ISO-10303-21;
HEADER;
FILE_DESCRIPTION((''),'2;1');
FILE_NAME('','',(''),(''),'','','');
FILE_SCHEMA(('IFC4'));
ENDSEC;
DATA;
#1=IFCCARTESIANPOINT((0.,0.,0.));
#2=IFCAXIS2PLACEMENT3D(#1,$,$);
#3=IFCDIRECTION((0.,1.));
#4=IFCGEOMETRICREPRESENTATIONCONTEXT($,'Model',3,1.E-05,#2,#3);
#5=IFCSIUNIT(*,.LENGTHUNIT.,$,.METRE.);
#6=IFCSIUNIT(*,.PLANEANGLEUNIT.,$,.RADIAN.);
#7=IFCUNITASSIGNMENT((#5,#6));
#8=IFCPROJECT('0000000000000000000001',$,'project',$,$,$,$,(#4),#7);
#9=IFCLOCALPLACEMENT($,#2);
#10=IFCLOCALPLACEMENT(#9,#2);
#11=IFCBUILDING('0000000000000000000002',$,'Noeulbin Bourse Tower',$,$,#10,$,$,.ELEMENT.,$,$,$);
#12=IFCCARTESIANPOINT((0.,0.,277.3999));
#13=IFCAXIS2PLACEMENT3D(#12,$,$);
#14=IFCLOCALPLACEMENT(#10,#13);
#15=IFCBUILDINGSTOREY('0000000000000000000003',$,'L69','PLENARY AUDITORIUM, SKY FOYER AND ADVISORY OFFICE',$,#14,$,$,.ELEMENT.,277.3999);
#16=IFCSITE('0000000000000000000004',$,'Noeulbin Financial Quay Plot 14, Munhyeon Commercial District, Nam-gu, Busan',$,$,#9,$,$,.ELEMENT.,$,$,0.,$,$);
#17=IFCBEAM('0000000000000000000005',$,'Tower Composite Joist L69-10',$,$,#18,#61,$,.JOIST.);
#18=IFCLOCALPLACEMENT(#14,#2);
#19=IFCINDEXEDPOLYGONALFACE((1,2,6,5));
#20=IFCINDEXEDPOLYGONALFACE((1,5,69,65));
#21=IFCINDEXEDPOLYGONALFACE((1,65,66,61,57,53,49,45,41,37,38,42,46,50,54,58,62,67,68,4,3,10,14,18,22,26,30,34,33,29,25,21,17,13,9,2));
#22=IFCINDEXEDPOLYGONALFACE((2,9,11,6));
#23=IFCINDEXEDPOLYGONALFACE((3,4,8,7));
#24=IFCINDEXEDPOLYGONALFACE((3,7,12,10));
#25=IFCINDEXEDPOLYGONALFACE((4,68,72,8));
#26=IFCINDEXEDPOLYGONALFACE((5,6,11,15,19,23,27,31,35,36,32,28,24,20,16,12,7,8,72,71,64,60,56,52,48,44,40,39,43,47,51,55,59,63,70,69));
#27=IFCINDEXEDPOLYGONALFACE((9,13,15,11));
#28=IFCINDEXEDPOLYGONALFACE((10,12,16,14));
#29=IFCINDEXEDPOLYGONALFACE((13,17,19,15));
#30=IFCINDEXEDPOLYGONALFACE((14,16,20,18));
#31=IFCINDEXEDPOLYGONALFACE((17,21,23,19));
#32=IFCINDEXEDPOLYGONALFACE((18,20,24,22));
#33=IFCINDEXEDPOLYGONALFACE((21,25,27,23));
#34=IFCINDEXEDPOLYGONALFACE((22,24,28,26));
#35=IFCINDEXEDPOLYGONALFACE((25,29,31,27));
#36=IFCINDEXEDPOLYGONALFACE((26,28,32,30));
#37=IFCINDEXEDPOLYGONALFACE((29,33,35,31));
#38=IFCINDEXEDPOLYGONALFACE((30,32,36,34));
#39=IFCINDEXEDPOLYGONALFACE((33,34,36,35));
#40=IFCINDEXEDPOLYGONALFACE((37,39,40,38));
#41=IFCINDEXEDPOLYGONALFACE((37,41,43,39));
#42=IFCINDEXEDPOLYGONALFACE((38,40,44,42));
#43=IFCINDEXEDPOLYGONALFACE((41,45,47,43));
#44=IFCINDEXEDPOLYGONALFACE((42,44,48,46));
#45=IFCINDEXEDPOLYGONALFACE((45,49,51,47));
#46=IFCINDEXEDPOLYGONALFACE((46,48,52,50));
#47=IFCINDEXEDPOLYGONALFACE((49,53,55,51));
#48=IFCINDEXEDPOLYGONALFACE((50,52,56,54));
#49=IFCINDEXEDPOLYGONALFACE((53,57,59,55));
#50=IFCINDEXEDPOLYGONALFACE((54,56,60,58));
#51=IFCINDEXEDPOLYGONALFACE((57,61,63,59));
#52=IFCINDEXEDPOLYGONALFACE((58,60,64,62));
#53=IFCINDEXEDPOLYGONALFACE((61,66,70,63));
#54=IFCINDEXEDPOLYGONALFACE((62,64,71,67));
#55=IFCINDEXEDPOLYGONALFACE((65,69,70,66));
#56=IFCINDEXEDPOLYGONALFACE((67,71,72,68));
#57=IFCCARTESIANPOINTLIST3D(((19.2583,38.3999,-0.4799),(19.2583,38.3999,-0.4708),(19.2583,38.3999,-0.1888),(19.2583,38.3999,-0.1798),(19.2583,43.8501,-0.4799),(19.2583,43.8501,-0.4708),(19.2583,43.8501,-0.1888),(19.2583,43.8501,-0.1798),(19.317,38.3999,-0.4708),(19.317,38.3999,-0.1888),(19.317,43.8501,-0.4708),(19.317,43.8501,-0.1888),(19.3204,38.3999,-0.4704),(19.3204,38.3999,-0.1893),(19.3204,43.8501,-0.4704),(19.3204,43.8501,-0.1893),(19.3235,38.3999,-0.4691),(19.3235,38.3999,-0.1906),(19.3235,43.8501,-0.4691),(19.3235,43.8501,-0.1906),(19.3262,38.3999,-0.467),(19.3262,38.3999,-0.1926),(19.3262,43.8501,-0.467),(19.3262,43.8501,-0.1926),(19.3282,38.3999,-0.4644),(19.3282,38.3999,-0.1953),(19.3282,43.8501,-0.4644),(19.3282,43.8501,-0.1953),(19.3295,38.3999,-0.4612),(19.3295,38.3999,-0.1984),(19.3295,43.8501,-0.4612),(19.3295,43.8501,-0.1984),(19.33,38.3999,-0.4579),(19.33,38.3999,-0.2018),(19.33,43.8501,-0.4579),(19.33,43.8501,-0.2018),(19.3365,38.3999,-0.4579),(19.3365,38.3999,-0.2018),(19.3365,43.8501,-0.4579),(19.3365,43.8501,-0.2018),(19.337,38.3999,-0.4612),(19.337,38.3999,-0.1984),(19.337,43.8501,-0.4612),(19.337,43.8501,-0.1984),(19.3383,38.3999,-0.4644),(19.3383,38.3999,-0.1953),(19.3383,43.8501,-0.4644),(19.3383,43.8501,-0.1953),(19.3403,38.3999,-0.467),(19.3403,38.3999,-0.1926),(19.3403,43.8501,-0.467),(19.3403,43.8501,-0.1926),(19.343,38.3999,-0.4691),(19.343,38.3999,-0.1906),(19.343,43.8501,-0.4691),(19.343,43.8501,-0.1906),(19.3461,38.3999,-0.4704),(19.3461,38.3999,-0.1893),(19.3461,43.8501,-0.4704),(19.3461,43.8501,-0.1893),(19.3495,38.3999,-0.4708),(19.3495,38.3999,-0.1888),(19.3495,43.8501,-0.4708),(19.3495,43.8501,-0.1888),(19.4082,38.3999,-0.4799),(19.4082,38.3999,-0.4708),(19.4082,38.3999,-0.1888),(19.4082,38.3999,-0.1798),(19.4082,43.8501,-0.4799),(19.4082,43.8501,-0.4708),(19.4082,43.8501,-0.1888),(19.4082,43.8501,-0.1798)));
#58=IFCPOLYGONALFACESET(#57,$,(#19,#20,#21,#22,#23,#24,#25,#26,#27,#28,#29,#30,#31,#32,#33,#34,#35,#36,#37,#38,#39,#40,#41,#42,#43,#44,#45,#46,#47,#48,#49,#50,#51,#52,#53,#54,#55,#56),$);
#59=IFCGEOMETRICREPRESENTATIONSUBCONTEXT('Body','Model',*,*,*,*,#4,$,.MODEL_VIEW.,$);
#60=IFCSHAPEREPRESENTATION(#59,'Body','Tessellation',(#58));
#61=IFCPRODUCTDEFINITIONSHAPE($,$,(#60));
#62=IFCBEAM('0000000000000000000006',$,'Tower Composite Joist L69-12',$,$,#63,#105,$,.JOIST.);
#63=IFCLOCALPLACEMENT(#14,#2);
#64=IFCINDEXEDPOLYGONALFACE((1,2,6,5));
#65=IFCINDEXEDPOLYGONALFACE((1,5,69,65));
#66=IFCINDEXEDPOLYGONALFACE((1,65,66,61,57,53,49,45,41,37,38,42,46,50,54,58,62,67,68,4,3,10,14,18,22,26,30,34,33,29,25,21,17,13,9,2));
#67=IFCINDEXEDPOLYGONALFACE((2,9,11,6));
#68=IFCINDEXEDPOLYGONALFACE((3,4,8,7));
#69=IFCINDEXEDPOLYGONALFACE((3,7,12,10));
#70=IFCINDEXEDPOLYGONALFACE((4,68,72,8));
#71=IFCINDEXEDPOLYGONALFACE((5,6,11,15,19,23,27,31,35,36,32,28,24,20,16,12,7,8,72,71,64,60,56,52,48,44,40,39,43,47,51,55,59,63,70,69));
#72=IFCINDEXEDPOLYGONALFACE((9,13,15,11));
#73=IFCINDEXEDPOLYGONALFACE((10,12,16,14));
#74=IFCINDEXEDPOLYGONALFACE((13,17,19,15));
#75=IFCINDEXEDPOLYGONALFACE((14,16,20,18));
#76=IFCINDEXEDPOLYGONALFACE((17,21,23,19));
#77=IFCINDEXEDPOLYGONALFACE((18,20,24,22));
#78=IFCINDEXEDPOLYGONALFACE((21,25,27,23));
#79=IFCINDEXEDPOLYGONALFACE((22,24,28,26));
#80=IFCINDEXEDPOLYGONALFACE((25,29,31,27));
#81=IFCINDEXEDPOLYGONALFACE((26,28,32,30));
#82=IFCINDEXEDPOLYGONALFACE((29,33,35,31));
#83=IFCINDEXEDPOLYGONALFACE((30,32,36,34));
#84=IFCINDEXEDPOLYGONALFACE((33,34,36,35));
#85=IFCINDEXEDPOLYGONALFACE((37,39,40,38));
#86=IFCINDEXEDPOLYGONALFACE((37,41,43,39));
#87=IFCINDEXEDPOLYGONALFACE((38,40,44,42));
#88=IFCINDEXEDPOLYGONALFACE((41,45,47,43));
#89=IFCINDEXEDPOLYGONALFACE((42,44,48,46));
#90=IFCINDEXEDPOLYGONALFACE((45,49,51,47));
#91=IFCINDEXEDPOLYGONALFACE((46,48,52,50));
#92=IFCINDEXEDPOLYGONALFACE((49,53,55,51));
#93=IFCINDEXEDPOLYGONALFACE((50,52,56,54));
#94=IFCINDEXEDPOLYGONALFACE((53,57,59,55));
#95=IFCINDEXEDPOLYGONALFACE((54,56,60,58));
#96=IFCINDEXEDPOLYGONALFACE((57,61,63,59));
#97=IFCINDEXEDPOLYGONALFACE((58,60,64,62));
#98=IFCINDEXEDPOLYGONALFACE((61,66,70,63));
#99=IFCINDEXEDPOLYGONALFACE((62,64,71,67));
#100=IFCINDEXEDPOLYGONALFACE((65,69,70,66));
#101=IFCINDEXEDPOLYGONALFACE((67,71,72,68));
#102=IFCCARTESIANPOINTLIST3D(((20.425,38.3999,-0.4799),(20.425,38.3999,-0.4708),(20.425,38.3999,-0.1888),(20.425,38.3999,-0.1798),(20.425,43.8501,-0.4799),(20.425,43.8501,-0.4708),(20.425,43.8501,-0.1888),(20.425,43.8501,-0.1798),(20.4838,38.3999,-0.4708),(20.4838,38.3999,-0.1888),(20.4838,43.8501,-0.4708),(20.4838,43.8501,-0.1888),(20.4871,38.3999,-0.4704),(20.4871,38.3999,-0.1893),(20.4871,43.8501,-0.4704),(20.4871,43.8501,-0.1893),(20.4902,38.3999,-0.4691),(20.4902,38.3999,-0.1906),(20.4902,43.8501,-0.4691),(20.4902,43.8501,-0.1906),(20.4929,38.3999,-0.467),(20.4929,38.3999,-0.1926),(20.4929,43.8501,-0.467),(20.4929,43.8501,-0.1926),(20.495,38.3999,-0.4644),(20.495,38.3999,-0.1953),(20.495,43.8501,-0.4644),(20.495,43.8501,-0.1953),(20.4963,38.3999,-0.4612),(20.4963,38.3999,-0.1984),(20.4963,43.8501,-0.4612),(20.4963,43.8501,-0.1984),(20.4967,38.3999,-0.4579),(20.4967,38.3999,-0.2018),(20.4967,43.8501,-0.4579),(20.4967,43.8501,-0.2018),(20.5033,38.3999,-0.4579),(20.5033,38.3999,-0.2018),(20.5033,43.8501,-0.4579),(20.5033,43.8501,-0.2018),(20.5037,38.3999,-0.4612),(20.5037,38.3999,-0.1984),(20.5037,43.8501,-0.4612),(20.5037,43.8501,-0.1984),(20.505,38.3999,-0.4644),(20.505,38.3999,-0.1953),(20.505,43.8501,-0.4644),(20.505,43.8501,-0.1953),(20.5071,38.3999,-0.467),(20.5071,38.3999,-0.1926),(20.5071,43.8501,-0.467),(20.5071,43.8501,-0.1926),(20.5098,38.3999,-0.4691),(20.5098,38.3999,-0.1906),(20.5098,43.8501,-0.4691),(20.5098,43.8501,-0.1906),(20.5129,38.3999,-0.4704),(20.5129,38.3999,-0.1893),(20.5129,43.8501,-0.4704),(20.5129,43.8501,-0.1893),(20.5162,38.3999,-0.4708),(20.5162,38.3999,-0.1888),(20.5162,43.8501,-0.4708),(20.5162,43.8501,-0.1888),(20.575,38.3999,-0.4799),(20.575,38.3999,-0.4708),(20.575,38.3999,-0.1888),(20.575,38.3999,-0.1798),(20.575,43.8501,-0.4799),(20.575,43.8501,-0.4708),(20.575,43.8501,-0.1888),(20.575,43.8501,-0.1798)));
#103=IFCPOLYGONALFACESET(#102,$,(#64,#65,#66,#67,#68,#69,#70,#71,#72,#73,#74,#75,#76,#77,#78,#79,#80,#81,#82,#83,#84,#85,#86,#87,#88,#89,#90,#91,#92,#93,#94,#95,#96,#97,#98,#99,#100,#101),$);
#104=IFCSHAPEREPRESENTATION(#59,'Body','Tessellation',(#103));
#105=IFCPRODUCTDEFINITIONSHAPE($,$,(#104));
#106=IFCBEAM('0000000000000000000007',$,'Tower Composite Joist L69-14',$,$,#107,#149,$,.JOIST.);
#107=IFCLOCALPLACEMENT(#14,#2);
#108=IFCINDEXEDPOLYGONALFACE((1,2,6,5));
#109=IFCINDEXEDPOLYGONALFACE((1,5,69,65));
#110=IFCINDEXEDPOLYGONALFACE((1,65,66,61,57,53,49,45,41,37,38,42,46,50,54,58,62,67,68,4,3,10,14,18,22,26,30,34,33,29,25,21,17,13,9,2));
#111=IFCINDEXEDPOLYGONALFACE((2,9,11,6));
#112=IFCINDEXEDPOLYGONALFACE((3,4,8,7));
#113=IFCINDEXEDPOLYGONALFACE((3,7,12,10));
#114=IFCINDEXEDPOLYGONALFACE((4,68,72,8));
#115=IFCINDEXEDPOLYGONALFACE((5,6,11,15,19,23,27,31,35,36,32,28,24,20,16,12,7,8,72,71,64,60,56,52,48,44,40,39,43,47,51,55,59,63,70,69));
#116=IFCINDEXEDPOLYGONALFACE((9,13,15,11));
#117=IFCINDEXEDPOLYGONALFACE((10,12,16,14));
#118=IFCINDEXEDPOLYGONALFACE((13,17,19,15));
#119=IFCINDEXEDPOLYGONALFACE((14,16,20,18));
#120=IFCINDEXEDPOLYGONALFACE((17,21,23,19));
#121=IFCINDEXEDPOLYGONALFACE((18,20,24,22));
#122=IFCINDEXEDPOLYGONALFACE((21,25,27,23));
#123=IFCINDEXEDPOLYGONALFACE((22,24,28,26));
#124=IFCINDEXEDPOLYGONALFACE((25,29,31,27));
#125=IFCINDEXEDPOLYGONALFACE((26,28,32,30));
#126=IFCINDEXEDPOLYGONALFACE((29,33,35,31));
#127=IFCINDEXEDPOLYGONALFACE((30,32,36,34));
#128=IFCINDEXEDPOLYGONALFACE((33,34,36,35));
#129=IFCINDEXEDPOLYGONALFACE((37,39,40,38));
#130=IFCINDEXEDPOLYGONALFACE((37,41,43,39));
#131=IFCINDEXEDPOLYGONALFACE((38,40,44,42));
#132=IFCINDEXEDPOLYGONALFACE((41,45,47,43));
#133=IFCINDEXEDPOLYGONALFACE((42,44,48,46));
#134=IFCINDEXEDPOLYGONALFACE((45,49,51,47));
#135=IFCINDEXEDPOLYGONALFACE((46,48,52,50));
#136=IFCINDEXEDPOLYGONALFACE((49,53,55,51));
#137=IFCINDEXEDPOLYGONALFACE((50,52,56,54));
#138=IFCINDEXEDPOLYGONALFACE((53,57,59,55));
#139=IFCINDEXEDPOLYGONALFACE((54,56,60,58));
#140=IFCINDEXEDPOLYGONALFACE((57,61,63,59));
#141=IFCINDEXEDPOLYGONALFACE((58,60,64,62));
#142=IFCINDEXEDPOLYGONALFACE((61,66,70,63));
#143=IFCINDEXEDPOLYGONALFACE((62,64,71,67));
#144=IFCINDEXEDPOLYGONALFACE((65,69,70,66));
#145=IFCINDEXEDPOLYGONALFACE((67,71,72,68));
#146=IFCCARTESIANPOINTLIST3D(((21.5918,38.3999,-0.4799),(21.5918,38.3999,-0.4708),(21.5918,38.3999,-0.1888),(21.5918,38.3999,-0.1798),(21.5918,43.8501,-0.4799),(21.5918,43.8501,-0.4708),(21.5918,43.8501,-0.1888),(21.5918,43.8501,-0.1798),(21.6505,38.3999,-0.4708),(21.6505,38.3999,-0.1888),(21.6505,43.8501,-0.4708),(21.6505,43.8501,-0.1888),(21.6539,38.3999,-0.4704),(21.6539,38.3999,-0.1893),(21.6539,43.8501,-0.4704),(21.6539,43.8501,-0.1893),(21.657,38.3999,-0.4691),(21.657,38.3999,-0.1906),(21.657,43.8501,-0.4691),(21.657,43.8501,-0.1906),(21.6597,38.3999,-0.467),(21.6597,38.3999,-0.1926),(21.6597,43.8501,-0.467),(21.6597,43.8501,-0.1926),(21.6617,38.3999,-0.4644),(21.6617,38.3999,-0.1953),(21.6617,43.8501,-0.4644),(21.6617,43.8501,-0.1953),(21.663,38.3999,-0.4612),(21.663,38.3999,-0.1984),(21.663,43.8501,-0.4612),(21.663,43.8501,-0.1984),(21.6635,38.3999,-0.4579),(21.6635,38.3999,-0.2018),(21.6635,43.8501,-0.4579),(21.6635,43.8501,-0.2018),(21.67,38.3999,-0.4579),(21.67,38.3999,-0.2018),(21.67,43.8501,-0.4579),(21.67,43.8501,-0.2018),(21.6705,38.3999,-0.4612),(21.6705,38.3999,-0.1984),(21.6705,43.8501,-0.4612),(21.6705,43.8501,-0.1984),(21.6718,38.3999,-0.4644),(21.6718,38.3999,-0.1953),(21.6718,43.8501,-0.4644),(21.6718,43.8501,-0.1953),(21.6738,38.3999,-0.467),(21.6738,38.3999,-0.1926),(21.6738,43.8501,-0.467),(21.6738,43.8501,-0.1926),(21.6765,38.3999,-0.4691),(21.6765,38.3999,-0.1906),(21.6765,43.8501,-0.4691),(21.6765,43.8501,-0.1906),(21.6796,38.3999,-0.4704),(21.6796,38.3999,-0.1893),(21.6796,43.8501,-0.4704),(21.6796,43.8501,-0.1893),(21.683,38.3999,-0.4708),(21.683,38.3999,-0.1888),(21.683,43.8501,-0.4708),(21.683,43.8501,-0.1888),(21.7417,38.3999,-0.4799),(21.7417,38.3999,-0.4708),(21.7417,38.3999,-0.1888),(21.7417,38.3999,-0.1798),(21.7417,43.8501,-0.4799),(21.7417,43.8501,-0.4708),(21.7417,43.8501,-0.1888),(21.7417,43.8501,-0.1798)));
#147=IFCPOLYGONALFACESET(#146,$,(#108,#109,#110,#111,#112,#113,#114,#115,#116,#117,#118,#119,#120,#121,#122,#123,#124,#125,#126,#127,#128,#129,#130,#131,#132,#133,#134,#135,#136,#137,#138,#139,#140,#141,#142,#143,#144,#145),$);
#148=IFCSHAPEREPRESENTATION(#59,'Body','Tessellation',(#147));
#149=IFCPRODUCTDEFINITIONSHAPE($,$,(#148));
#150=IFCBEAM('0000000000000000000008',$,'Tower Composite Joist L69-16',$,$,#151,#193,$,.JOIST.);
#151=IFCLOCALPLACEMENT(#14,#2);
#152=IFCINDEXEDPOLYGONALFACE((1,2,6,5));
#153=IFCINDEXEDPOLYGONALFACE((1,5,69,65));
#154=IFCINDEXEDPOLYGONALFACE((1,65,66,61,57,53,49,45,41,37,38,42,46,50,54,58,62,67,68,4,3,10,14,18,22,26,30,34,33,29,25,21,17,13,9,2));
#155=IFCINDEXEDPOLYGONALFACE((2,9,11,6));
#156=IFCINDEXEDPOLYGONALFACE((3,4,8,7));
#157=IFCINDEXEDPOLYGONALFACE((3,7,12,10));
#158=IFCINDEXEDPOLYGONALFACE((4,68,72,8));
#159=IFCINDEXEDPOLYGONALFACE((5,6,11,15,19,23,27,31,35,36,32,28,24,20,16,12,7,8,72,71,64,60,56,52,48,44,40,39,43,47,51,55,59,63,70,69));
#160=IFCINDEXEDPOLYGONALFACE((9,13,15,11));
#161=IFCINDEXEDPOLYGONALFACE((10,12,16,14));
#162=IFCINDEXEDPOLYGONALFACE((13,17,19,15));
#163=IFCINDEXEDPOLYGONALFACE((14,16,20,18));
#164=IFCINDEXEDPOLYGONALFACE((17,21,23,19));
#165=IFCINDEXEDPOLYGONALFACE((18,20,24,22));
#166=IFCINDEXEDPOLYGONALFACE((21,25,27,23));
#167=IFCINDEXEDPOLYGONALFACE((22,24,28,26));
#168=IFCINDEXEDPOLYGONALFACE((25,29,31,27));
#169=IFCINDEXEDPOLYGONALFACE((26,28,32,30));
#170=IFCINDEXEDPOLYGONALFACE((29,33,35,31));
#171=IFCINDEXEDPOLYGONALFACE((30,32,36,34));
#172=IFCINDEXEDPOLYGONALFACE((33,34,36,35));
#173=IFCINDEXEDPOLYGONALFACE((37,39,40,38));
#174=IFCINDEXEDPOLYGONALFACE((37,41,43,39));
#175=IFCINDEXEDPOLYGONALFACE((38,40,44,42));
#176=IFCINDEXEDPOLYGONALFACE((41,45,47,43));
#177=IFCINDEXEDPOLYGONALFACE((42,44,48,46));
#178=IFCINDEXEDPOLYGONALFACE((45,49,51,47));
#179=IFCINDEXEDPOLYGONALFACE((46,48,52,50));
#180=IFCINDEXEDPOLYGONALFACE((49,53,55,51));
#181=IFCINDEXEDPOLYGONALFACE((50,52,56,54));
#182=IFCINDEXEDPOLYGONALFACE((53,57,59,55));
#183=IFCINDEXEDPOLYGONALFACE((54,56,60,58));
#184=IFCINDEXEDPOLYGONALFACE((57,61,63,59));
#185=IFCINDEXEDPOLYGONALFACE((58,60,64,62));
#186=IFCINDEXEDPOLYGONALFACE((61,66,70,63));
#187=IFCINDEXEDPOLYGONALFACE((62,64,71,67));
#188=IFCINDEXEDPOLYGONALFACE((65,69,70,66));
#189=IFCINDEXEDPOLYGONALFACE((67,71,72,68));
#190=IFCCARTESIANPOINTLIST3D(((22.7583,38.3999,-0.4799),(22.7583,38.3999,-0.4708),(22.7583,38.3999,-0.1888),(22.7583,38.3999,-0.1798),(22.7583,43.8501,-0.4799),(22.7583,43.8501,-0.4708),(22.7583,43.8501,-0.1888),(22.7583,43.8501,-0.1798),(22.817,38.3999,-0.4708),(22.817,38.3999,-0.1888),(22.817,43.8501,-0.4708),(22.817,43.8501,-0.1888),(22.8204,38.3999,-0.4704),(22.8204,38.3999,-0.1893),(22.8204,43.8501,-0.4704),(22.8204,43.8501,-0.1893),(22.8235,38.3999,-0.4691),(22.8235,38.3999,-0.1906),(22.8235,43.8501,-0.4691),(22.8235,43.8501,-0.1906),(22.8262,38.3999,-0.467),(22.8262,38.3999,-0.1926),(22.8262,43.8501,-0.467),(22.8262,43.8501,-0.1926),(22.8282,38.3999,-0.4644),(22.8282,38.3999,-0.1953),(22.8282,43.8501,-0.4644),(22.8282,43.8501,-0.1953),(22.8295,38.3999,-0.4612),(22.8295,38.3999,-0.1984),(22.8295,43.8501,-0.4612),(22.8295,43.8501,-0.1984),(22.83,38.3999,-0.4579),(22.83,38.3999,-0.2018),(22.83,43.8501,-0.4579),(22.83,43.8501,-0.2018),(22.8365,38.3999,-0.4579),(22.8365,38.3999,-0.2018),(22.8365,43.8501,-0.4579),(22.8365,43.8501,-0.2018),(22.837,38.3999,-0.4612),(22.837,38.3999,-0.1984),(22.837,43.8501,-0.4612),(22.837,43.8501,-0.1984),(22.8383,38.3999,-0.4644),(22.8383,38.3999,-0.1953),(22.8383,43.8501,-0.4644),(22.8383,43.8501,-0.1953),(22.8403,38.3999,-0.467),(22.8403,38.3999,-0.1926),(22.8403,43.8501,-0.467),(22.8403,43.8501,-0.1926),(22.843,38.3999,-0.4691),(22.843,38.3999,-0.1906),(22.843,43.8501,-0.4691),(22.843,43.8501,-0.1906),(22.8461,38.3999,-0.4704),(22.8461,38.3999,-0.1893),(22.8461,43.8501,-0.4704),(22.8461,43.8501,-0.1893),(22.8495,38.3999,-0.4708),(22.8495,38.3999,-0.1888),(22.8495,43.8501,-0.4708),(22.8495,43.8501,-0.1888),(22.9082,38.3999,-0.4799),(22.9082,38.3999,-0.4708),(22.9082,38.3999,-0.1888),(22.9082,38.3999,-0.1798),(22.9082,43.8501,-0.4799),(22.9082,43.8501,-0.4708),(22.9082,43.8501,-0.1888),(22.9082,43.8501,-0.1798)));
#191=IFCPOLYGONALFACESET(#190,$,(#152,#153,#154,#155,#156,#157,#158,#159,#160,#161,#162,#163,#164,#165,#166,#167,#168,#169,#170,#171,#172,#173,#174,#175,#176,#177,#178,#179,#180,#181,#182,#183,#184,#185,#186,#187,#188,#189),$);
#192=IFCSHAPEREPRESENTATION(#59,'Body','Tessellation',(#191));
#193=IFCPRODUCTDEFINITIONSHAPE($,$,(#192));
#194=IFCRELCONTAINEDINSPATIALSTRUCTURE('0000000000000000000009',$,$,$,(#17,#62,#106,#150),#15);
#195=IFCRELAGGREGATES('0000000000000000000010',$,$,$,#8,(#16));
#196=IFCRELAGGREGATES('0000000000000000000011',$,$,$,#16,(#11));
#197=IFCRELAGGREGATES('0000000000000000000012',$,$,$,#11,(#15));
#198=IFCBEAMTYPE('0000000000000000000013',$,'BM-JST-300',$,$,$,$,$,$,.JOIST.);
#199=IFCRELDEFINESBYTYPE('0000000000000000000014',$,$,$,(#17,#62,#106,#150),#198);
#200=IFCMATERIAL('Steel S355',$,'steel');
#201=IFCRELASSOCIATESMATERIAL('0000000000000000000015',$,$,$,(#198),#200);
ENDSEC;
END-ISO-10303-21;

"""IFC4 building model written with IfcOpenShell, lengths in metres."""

from ifc_helpers import new_model, si_unit, direction, frame, origin, origin_2d, place, context, subcontext, project, spatial, i_section, extrude, material, material_profile, profile_set, type_object, element, save


model = new_model("IFC4")

# Units and contexts
model_context = context("Model", 3, precision=1e-05, world=origin(), true_north=direction((0.0, 1.0)))
body_context = subcontext(model_context, "Body", "Model", "MODEL_VIEW")
ifc_project = project(units=[si_unit("LENGTHUNIT", "METRE"), si_unit("PLANEANGLEUNIT", "RADIAN")], contexts=[model_context])

# Site, building, storey
site_placement = place(None, origin())
site = spatial("IfcSite", under=ifc_project, at=site_placement, Name="Noeulbin Financial Quay Plot 14, Munhyeon Commercial District, Nam-gu, Busan", CompositionType="ELEMENT", RefElevation=0.0)
building_placement = place(site_placement, origin())
building = spatial("IfcBuilding", under=site, at=building_placement, Name="Noeulbin Bourse Tower", CompositionType="ELEMENT")
storey_placement = place(building_placement, frame((0.0, 0.0, 277.3999)))
storey = spatial("IfcBuildingStorey", under=building, at=storey_placement, Name="L69", Description="PLENARY AUDITORIUM, SKY FOYER AND ADVISORY OFFICE", CompositionType="ELEMENT", Elevation=277.3999)

# Shared definitions
ifc_material_1 = material(Name="Steel S355", Category="steel")

# Beams
ifc_material_profile_1 = material_profile(ifc_material_1, i_section(OverallWidth=0.1499, OverallDepth=0.3, WebThickness=0.0066, FlangeThickness=0.009, FilletRadius=0.0129, at=origin_2d()), Name="H-300x150x6.5x9", Category="LoadBearing")
ifc_profile_set_1 = profile_set([ifc_material_profile_1], Name="Steel S355")
beam_type_1 = type_object("IfcBeamType", Name="BM-JST-300", PredefinedType="JOIST", material=ifc_profile_set_1)
for number, where, z_axis, x_axis, name in (
    (1, (19.3333, 38.3999, -0.3298), (0.0, 1.0, 0.0), (-1.0, 0.0, 0.0), "Tower Composite Joist L69-10"),
    (2, (20.5, 38.3999, -0.3298), (0.0, 1.0, 0.0), (-1.0, 0.0, 0.0), "Tower Composite Joist L69-12"),
    (3, (21.6667, 38.3999, -0.3298), (0.0, 1.0, 0.0), (-1.0, 0.0, 0.0), "Tower Composite Joist L69-14"),
    (4, (22.8333, 38.3999, -0.3298), (0.0, 1.0, 0.0), (-1.0, 0.0, 0.0), "Tower Composite Joist L69-16"),
):
    element("IfcBeam", number, at=place(storey_placement, frame(where, z_axis=z_axis, x_axis=x_axis)), inside=storey, type_object=beam_type_1, Name=name, PredefinedType="JOIST", context=body_context, shape_type="SweptSolid", body=[
        extrude(i_section(OverallWidth=0.1499, OverallDepth=0.3, WebThickness=0.0066, FlangeThickness=0.009, FilletRadius=0.0129, at=origin_2d()), origin(), (0.0, 0.0, 1.0), 5.4502),
    ])

save(model, "model.ifc")
